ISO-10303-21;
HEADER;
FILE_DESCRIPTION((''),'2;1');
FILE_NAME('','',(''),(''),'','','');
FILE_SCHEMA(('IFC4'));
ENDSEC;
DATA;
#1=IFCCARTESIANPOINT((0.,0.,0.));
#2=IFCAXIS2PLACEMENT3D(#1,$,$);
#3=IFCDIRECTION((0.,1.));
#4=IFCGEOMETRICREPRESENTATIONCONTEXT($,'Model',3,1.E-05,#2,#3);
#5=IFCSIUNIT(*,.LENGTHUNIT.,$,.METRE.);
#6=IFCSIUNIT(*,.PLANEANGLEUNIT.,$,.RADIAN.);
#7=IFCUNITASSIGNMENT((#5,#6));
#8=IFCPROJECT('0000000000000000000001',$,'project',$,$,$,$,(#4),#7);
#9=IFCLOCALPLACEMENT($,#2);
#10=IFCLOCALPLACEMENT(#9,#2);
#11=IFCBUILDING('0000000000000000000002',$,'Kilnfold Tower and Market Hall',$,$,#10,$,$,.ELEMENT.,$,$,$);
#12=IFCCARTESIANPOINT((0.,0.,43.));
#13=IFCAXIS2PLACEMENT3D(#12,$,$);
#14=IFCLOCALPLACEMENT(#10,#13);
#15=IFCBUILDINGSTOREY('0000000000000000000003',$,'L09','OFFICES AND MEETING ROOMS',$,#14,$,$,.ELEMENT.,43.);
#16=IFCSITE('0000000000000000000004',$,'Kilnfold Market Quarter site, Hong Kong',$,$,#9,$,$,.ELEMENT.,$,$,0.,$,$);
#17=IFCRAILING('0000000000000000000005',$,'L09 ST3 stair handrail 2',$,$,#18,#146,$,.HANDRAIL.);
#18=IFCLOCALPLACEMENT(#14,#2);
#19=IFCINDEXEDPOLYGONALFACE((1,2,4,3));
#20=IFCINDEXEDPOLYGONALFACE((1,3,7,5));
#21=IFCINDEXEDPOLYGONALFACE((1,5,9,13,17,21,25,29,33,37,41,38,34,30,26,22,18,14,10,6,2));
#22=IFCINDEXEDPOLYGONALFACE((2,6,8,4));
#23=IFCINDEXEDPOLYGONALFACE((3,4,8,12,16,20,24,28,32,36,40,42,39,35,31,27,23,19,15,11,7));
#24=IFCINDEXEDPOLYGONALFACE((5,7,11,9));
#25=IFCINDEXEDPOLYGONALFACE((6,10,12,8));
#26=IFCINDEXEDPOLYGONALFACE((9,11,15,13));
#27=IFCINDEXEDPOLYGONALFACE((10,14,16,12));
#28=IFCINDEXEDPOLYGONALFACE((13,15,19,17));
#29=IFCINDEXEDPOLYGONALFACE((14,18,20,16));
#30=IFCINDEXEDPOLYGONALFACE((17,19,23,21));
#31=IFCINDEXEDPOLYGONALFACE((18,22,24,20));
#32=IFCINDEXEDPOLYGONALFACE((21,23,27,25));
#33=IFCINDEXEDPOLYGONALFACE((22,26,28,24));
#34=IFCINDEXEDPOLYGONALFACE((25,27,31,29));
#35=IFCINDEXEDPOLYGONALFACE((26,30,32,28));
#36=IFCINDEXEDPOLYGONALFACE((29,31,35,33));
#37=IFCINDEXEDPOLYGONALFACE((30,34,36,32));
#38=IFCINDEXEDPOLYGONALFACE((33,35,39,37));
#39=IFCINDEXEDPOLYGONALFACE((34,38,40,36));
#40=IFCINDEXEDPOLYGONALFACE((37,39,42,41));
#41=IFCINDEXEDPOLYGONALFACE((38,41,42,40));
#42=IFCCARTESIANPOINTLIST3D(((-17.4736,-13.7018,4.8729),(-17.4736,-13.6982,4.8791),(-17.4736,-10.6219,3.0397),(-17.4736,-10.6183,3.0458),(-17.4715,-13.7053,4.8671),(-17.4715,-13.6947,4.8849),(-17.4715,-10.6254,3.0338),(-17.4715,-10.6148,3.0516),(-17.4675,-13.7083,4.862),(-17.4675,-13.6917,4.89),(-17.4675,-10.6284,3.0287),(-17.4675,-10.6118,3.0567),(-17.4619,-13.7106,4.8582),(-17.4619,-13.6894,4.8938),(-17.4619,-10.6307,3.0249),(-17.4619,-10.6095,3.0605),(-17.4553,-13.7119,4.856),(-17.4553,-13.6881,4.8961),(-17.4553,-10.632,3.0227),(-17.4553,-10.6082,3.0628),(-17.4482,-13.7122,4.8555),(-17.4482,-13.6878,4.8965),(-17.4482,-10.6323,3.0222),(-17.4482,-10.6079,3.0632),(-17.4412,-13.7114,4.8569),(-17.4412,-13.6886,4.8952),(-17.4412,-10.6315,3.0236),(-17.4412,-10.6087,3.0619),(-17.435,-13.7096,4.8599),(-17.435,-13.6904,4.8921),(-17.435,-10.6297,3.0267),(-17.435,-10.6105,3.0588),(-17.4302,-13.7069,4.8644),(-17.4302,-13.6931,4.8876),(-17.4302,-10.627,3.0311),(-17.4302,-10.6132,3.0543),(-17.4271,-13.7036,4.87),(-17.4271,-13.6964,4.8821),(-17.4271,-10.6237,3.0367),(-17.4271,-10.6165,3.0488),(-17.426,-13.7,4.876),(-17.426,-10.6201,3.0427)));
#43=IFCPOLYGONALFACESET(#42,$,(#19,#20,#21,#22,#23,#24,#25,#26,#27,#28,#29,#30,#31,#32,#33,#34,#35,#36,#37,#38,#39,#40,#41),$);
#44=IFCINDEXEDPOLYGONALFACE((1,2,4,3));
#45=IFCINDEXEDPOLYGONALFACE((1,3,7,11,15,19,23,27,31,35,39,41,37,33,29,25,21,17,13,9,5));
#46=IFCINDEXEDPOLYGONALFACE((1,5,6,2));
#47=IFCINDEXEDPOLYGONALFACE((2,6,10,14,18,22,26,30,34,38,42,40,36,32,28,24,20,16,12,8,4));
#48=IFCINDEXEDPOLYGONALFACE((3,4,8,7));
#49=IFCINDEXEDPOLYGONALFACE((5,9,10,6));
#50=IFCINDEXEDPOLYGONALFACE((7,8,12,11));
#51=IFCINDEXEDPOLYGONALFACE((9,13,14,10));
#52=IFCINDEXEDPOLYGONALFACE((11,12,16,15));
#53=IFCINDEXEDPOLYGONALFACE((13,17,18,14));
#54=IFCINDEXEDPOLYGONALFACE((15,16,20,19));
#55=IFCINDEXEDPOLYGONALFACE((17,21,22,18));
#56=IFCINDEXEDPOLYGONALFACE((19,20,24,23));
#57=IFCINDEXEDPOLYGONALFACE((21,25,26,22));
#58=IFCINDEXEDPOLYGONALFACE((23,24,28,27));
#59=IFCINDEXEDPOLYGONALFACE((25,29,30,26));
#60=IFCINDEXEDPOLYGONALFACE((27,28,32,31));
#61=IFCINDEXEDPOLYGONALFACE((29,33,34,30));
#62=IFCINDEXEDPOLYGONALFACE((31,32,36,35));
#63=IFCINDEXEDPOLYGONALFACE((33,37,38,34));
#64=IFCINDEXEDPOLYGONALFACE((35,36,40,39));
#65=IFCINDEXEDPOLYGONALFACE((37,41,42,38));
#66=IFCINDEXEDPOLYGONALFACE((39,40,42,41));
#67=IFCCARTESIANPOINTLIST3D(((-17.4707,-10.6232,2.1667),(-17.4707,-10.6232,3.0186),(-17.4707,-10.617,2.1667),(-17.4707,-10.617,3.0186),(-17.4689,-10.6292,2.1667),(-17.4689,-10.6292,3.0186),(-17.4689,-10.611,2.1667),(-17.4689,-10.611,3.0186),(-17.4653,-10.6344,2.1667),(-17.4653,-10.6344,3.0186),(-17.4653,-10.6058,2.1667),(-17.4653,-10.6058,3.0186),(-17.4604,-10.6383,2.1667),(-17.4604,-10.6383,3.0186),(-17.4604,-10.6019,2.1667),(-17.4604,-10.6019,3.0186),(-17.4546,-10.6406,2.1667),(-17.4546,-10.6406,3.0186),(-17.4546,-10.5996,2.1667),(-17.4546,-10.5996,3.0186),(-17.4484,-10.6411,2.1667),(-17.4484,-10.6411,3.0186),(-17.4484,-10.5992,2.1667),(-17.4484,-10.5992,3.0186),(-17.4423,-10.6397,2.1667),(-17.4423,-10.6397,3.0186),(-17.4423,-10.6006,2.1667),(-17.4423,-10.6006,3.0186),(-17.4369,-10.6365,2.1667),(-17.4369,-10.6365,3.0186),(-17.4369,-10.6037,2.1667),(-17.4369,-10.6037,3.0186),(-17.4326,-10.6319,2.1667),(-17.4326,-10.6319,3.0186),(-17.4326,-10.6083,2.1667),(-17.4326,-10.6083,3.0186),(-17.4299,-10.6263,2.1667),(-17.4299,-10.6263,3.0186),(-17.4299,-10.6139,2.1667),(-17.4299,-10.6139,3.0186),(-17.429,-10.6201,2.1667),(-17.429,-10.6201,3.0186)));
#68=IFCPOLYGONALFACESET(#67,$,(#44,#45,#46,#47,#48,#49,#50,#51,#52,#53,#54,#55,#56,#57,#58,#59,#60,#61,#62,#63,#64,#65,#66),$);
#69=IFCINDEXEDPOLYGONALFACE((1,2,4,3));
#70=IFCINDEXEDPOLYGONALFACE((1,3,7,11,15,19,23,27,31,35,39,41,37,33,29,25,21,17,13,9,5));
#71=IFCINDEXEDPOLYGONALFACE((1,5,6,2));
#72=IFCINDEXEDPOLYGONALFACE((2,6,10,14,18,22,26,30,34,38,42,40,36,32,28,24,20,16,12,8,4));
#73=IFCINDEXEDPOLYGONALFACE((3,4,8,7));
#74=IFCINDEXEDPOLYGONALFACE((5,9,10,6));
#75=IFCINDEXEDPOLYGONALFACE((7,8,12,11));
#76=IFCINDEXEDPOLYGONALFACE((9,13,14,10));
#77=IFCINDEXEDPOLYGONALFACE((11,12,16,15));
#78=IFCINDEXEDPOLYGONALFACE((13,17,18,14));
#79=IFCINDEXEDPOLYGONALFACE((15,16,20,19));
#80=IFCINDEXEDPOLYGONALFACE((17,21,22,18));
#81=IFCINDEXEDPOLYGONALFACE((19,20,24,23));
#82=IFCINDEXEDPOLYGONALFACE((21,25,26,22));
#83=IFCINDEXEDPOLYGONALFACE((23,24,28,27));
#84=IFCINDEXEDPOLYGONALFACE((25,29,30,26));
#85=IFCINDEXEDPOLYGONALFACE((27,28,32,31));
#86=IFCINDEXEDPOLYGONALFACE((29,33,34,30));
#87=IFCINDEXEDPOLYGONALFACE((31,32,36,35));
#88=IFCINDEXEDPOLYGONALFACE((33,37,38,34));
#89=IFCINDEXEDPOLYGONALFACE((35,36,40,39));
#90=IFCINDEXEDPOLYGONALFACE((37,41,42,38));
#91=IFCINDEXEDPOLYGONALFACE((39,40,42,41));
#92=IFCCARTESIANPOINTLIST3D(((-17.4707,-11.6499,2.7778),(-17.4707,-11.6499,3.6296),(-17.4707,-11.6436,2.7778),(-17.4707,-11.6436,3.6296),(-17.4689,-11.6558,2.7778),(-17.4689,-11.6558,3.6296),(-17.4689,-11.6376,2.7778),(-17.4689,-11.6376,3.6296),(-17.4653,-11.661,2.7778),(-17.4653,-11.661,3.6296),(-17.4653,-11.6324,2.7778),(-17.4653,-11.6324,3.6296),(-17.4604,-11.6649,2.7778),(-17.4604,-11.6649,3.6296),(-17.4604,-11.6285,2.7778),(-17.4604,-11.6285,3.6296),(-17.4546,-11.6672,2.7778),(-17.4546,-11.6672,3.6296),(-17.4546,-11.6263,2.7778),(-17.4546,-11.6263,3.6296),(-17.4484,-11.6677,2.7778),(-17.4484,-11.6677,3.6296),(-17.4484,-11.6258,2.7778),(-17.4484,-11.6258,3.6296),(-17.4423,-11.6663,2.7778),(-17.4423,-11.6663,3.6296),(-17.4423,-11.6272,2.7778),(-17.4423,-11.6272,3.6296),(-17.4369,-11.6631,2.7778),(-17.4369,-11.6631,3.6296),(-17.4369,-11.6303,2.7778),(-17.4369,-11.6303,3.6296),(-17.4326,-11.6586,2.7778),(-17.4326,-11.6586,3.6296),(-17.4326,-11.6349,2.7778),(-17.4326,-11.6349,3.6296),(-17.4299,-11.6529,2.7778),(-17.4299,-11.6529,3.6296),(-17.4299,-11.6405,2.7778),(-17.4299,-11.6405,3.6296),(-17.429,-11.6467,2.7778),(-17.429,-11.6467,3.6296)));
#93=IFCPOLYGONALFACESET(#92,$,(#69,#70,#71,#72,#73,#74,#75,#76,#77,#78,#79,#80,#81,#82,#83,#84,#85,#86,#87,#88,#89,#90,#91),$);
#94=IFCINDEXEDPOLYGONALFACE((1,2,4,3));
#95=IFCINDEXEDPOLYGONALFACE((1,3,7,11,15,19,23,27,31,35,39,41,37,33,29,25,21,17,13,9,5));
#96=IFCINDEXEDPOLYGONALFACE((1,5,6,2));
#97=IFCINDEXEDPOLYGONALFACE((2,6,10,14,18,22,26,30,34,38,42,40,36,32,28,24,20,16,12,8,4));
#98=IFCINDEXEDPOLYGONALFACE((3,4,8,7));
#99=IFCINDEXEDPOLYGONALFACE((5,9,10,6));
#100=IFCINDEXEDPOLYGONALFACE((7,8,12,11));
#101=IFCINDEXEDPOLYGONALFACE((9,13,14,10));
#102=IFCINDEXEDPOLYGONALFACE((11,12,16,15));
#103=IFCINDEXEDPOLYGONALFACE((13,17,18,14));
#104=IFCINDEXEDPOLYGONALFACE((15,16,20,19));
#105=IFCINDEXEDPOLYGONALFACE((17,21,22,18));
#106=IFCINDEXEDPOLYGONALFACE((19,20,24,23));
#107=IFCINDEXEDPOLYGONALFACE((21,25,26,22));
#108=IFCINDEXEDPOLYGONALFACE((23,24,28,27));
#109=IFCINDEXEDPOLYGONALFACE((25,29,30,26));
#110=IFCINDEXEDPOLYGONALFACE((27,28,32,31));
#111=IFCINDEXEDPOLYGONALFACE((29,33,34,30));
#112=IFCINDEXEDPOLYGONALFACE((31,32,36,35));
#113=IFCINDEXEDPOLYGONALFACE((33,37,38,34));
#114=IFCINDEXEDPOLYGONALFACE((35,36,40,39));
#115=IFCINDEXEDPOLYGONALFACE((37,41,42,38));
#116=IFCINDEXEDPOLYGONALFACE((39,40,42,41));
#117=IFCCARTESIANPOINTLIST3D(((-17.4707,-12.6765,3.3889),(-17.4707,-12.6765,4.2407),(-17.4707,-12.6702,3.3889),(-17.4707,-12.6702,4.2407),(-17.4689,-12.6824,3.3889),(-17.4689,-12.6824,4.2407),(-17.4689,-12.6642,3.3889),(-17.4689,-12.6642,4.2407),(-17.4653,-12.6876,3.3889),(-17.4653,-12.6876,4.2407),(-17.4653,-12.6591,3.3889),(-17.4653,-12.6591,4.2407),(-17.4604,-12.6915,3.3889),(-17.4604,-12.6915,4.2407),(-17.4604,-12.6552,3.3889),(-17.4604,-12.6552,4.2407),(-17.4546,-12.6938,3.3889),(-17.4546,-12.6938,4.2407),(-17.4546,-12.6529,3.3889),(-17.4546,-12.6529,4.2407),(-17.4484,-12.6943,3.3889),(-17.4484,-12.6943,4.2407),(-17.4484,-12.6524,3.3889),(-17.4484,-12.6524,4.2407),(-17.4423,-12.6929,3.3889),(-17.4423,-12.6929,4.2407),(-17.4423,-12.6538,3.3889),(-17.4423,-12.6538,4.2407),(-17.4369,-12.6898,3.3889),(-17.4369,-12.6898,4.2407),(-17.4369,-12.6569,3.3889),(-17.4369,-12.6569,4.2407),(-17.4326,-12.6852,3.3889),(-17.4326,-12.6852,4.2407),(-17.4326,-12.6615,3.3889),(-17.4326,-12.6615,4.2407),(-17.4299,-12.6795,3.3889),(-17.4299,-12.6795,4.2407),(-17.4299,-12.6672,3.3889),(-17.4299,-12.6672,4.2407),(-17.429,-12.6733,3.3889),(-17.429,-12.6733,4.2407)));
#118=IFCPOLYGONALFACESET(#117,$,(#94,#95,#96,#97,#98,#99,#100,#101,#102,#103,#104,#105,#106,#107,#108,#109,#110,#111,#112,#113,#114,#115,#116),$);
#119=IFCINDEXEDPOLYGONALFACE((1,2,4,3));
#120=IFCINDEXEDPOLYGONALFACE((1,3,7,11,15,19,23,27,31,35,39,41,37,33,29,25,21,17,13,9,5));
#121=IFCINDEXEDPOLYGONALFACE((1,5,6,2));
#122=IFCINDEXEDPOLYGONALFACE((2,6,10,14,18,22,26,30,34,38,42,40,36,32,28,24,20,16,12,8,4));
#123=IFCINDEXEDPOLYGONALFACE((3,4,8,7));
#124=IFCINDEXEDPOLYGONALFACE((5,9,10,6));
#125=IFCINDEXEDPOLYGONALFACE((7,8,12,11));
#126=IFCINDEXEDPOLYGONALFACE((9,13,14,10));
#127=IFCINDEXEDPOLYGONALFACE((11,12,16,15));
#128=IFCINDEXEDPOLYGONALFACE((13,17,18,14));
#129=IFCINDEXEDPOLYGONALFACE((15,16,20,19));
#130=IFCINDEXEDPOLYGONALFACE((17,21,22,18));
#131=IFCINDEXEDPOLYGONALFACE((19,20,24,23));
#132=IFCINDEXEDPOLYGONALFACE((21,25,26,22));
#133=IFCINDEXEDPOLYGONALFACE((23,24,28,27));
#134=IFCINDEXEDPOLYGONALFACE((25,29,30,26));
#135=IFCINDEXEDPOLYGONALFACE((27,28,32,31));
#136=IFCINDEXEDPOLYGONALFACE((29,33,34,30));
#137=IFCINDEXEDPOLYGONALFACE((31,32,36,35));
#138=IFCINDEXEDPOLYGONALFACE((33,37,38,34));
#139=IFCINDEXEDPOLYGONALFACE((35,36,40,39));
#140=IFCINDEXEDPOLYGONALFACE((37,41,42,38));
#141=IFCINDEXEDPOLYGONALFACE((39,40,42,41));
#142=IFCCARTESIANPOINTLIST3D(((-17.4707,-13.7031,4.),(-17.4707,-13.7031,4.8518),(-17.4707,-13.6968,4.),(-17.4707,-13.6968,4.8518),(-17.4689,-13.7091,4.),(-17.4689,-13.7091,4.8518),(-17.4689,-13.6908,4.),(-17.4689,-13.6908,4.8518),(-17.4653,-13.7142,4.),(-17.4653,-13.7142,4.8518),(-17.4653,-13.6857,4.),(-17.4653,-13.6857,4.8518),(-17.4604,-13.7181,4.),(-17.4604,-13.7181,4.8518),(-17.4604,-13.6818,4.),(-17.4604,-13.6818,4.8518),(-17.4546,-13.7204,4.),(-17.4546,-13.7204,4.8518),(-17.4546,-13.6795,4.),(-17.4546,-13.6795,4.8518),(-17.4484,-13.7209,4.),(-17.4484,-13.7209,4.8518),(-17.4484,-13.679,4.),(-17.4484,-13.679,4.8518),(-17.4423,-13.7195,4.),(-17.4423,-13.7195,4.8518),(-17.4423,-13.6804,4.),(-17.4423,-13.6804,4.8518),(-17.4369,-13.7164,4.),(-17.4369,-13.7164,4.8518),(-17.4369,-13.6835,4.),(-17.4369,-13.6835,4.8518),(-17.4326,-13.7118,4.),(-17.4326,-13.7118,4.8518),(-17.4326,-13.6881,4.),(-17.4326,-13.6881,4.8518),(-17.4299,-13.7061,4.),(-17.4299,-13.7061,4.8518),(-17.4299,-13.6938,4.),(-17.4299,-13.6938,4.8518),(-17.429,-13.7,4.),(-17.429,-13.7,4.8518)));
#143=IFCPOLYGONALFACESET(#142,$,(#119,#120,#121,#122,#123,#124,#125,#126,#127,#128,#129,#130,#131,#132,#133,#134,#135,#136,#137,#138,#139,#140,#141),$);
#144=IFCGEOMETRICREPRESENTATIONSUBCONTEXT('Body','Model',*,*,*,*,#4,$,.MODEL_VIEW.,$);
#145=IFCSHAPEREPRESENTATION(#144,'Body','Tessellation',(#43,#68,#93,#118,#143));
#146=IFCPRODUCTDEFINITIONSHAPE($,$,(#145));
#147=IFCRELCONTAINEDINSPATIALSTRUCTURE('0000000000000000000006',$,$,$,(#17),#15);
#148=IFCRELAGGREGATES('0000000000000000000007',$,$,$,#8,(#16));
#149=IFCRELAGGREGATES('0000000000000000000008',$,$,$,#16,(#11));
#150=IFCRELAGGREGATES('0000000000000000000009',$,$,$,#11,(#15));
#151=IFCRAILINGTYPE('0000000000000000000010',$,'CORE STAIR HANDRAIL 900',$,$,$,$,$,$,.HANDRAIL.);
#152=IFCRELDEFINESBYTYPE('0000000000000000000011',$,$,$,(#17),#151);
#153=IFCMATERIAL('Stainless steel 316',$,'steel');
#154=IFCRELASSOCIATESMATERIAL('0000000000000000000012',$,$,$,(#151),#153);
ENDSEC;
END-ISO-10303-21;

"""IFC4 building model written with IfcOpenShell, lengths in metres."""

from ifc_helpers import new_model, si_unit, direction, frame, origin, origin_2d, place, context, subcontext, project, spatial, circle, extrude, material, type_object, element, save


model = new_model("IFC4")

# Units and contexts
model_context = context("Model", 3, precision=1e-05, world=origin(), true_north=direction((0.0, 1.0)))
body_context = subcontext(model_context, "Body", "Model", "MODEL_VIEW")
ifc_project = project(units=[si_unit("LENGTHUNIT", "METRE"), si_unit("PLANEANGLEUNIT", "RADIAN")], contexts=[model_context])

# Site, building, storey
site_placement = place(None, origin())
site = spatial("IfcSite", under=ifc_project, at=site_placement, Name="Kilnfold Market Quarter site, Hong Kong", CompositionType="ELEMENT", RefElevation=0.0)
building_placement = place(site_placement, origin())
building = spatial("IfcBuilding", under=site, at=building_placement, Name="Kilnfold Tower and Market Hall", CompositionType="ELEMENT")
storey_placement = place(building_placement, frame((0.0, 0.0, 43.0)))
storey = spatial("IfcBuildingStorey", under=building, at=storey_placement, Name="L09", Description="OFFICES AND MEETING ROOMS", CompositionType="ELEMENT", Elevation=43.0)

# Railing
ifc_material_1 = material(Name="Stainless steel 316", Category="steel")
railing_type_1 = type_object("IfcRailingType", Name="CORE STAIR HANDRAIL 900", PredefinedType="HANDRAIL", material=ifc_material_1)
railing_1_placement = place(storey_placement, frame((-17.45, -10.6201, 2.1667)))
element("IfcRailing", 1, at=railing_1_placement, inside=storey, type_object=railing_type_1, Name="L09 ST3 stair handrail 2", PredefinedType="HANDRAIL", context=body_context, shape_type="SweptSolid", body=[
    extrude(circle(Radius=0.0239, at=origin_2d()), frame((0.0, 0.0, 0.876), z_axis=(0.0, -0.859291, 0.511487), x_axis=(1.0, 0.0, 0.0)), (0.0, 0.0, 1.0), 3.5842),
    extrude(circle(Radius=0.021, at=origin_2d()), origin(), (0.0, 0.0, 1.0), 0.8518),
    extrude(circle(Radius=0.021, at=origin_2d()), frame((0.0, -1.0266, 0.6111)), (0.0, 0.0, 1.0), 0.8518),
    extrude(circle(Radius=0.021, at=origin_2d()), frame((0.0, -2.0532, 1.2222)), (0.0, 0.0, 1.0), 0.8518),
    extrude(circle(Radius=0.021, at=origin_2d()), frame((0.0, -3.0798, 1.8333)), (0.0, 0.0, 1.0), 0.8518),
])

save(model, "model.ifc")
